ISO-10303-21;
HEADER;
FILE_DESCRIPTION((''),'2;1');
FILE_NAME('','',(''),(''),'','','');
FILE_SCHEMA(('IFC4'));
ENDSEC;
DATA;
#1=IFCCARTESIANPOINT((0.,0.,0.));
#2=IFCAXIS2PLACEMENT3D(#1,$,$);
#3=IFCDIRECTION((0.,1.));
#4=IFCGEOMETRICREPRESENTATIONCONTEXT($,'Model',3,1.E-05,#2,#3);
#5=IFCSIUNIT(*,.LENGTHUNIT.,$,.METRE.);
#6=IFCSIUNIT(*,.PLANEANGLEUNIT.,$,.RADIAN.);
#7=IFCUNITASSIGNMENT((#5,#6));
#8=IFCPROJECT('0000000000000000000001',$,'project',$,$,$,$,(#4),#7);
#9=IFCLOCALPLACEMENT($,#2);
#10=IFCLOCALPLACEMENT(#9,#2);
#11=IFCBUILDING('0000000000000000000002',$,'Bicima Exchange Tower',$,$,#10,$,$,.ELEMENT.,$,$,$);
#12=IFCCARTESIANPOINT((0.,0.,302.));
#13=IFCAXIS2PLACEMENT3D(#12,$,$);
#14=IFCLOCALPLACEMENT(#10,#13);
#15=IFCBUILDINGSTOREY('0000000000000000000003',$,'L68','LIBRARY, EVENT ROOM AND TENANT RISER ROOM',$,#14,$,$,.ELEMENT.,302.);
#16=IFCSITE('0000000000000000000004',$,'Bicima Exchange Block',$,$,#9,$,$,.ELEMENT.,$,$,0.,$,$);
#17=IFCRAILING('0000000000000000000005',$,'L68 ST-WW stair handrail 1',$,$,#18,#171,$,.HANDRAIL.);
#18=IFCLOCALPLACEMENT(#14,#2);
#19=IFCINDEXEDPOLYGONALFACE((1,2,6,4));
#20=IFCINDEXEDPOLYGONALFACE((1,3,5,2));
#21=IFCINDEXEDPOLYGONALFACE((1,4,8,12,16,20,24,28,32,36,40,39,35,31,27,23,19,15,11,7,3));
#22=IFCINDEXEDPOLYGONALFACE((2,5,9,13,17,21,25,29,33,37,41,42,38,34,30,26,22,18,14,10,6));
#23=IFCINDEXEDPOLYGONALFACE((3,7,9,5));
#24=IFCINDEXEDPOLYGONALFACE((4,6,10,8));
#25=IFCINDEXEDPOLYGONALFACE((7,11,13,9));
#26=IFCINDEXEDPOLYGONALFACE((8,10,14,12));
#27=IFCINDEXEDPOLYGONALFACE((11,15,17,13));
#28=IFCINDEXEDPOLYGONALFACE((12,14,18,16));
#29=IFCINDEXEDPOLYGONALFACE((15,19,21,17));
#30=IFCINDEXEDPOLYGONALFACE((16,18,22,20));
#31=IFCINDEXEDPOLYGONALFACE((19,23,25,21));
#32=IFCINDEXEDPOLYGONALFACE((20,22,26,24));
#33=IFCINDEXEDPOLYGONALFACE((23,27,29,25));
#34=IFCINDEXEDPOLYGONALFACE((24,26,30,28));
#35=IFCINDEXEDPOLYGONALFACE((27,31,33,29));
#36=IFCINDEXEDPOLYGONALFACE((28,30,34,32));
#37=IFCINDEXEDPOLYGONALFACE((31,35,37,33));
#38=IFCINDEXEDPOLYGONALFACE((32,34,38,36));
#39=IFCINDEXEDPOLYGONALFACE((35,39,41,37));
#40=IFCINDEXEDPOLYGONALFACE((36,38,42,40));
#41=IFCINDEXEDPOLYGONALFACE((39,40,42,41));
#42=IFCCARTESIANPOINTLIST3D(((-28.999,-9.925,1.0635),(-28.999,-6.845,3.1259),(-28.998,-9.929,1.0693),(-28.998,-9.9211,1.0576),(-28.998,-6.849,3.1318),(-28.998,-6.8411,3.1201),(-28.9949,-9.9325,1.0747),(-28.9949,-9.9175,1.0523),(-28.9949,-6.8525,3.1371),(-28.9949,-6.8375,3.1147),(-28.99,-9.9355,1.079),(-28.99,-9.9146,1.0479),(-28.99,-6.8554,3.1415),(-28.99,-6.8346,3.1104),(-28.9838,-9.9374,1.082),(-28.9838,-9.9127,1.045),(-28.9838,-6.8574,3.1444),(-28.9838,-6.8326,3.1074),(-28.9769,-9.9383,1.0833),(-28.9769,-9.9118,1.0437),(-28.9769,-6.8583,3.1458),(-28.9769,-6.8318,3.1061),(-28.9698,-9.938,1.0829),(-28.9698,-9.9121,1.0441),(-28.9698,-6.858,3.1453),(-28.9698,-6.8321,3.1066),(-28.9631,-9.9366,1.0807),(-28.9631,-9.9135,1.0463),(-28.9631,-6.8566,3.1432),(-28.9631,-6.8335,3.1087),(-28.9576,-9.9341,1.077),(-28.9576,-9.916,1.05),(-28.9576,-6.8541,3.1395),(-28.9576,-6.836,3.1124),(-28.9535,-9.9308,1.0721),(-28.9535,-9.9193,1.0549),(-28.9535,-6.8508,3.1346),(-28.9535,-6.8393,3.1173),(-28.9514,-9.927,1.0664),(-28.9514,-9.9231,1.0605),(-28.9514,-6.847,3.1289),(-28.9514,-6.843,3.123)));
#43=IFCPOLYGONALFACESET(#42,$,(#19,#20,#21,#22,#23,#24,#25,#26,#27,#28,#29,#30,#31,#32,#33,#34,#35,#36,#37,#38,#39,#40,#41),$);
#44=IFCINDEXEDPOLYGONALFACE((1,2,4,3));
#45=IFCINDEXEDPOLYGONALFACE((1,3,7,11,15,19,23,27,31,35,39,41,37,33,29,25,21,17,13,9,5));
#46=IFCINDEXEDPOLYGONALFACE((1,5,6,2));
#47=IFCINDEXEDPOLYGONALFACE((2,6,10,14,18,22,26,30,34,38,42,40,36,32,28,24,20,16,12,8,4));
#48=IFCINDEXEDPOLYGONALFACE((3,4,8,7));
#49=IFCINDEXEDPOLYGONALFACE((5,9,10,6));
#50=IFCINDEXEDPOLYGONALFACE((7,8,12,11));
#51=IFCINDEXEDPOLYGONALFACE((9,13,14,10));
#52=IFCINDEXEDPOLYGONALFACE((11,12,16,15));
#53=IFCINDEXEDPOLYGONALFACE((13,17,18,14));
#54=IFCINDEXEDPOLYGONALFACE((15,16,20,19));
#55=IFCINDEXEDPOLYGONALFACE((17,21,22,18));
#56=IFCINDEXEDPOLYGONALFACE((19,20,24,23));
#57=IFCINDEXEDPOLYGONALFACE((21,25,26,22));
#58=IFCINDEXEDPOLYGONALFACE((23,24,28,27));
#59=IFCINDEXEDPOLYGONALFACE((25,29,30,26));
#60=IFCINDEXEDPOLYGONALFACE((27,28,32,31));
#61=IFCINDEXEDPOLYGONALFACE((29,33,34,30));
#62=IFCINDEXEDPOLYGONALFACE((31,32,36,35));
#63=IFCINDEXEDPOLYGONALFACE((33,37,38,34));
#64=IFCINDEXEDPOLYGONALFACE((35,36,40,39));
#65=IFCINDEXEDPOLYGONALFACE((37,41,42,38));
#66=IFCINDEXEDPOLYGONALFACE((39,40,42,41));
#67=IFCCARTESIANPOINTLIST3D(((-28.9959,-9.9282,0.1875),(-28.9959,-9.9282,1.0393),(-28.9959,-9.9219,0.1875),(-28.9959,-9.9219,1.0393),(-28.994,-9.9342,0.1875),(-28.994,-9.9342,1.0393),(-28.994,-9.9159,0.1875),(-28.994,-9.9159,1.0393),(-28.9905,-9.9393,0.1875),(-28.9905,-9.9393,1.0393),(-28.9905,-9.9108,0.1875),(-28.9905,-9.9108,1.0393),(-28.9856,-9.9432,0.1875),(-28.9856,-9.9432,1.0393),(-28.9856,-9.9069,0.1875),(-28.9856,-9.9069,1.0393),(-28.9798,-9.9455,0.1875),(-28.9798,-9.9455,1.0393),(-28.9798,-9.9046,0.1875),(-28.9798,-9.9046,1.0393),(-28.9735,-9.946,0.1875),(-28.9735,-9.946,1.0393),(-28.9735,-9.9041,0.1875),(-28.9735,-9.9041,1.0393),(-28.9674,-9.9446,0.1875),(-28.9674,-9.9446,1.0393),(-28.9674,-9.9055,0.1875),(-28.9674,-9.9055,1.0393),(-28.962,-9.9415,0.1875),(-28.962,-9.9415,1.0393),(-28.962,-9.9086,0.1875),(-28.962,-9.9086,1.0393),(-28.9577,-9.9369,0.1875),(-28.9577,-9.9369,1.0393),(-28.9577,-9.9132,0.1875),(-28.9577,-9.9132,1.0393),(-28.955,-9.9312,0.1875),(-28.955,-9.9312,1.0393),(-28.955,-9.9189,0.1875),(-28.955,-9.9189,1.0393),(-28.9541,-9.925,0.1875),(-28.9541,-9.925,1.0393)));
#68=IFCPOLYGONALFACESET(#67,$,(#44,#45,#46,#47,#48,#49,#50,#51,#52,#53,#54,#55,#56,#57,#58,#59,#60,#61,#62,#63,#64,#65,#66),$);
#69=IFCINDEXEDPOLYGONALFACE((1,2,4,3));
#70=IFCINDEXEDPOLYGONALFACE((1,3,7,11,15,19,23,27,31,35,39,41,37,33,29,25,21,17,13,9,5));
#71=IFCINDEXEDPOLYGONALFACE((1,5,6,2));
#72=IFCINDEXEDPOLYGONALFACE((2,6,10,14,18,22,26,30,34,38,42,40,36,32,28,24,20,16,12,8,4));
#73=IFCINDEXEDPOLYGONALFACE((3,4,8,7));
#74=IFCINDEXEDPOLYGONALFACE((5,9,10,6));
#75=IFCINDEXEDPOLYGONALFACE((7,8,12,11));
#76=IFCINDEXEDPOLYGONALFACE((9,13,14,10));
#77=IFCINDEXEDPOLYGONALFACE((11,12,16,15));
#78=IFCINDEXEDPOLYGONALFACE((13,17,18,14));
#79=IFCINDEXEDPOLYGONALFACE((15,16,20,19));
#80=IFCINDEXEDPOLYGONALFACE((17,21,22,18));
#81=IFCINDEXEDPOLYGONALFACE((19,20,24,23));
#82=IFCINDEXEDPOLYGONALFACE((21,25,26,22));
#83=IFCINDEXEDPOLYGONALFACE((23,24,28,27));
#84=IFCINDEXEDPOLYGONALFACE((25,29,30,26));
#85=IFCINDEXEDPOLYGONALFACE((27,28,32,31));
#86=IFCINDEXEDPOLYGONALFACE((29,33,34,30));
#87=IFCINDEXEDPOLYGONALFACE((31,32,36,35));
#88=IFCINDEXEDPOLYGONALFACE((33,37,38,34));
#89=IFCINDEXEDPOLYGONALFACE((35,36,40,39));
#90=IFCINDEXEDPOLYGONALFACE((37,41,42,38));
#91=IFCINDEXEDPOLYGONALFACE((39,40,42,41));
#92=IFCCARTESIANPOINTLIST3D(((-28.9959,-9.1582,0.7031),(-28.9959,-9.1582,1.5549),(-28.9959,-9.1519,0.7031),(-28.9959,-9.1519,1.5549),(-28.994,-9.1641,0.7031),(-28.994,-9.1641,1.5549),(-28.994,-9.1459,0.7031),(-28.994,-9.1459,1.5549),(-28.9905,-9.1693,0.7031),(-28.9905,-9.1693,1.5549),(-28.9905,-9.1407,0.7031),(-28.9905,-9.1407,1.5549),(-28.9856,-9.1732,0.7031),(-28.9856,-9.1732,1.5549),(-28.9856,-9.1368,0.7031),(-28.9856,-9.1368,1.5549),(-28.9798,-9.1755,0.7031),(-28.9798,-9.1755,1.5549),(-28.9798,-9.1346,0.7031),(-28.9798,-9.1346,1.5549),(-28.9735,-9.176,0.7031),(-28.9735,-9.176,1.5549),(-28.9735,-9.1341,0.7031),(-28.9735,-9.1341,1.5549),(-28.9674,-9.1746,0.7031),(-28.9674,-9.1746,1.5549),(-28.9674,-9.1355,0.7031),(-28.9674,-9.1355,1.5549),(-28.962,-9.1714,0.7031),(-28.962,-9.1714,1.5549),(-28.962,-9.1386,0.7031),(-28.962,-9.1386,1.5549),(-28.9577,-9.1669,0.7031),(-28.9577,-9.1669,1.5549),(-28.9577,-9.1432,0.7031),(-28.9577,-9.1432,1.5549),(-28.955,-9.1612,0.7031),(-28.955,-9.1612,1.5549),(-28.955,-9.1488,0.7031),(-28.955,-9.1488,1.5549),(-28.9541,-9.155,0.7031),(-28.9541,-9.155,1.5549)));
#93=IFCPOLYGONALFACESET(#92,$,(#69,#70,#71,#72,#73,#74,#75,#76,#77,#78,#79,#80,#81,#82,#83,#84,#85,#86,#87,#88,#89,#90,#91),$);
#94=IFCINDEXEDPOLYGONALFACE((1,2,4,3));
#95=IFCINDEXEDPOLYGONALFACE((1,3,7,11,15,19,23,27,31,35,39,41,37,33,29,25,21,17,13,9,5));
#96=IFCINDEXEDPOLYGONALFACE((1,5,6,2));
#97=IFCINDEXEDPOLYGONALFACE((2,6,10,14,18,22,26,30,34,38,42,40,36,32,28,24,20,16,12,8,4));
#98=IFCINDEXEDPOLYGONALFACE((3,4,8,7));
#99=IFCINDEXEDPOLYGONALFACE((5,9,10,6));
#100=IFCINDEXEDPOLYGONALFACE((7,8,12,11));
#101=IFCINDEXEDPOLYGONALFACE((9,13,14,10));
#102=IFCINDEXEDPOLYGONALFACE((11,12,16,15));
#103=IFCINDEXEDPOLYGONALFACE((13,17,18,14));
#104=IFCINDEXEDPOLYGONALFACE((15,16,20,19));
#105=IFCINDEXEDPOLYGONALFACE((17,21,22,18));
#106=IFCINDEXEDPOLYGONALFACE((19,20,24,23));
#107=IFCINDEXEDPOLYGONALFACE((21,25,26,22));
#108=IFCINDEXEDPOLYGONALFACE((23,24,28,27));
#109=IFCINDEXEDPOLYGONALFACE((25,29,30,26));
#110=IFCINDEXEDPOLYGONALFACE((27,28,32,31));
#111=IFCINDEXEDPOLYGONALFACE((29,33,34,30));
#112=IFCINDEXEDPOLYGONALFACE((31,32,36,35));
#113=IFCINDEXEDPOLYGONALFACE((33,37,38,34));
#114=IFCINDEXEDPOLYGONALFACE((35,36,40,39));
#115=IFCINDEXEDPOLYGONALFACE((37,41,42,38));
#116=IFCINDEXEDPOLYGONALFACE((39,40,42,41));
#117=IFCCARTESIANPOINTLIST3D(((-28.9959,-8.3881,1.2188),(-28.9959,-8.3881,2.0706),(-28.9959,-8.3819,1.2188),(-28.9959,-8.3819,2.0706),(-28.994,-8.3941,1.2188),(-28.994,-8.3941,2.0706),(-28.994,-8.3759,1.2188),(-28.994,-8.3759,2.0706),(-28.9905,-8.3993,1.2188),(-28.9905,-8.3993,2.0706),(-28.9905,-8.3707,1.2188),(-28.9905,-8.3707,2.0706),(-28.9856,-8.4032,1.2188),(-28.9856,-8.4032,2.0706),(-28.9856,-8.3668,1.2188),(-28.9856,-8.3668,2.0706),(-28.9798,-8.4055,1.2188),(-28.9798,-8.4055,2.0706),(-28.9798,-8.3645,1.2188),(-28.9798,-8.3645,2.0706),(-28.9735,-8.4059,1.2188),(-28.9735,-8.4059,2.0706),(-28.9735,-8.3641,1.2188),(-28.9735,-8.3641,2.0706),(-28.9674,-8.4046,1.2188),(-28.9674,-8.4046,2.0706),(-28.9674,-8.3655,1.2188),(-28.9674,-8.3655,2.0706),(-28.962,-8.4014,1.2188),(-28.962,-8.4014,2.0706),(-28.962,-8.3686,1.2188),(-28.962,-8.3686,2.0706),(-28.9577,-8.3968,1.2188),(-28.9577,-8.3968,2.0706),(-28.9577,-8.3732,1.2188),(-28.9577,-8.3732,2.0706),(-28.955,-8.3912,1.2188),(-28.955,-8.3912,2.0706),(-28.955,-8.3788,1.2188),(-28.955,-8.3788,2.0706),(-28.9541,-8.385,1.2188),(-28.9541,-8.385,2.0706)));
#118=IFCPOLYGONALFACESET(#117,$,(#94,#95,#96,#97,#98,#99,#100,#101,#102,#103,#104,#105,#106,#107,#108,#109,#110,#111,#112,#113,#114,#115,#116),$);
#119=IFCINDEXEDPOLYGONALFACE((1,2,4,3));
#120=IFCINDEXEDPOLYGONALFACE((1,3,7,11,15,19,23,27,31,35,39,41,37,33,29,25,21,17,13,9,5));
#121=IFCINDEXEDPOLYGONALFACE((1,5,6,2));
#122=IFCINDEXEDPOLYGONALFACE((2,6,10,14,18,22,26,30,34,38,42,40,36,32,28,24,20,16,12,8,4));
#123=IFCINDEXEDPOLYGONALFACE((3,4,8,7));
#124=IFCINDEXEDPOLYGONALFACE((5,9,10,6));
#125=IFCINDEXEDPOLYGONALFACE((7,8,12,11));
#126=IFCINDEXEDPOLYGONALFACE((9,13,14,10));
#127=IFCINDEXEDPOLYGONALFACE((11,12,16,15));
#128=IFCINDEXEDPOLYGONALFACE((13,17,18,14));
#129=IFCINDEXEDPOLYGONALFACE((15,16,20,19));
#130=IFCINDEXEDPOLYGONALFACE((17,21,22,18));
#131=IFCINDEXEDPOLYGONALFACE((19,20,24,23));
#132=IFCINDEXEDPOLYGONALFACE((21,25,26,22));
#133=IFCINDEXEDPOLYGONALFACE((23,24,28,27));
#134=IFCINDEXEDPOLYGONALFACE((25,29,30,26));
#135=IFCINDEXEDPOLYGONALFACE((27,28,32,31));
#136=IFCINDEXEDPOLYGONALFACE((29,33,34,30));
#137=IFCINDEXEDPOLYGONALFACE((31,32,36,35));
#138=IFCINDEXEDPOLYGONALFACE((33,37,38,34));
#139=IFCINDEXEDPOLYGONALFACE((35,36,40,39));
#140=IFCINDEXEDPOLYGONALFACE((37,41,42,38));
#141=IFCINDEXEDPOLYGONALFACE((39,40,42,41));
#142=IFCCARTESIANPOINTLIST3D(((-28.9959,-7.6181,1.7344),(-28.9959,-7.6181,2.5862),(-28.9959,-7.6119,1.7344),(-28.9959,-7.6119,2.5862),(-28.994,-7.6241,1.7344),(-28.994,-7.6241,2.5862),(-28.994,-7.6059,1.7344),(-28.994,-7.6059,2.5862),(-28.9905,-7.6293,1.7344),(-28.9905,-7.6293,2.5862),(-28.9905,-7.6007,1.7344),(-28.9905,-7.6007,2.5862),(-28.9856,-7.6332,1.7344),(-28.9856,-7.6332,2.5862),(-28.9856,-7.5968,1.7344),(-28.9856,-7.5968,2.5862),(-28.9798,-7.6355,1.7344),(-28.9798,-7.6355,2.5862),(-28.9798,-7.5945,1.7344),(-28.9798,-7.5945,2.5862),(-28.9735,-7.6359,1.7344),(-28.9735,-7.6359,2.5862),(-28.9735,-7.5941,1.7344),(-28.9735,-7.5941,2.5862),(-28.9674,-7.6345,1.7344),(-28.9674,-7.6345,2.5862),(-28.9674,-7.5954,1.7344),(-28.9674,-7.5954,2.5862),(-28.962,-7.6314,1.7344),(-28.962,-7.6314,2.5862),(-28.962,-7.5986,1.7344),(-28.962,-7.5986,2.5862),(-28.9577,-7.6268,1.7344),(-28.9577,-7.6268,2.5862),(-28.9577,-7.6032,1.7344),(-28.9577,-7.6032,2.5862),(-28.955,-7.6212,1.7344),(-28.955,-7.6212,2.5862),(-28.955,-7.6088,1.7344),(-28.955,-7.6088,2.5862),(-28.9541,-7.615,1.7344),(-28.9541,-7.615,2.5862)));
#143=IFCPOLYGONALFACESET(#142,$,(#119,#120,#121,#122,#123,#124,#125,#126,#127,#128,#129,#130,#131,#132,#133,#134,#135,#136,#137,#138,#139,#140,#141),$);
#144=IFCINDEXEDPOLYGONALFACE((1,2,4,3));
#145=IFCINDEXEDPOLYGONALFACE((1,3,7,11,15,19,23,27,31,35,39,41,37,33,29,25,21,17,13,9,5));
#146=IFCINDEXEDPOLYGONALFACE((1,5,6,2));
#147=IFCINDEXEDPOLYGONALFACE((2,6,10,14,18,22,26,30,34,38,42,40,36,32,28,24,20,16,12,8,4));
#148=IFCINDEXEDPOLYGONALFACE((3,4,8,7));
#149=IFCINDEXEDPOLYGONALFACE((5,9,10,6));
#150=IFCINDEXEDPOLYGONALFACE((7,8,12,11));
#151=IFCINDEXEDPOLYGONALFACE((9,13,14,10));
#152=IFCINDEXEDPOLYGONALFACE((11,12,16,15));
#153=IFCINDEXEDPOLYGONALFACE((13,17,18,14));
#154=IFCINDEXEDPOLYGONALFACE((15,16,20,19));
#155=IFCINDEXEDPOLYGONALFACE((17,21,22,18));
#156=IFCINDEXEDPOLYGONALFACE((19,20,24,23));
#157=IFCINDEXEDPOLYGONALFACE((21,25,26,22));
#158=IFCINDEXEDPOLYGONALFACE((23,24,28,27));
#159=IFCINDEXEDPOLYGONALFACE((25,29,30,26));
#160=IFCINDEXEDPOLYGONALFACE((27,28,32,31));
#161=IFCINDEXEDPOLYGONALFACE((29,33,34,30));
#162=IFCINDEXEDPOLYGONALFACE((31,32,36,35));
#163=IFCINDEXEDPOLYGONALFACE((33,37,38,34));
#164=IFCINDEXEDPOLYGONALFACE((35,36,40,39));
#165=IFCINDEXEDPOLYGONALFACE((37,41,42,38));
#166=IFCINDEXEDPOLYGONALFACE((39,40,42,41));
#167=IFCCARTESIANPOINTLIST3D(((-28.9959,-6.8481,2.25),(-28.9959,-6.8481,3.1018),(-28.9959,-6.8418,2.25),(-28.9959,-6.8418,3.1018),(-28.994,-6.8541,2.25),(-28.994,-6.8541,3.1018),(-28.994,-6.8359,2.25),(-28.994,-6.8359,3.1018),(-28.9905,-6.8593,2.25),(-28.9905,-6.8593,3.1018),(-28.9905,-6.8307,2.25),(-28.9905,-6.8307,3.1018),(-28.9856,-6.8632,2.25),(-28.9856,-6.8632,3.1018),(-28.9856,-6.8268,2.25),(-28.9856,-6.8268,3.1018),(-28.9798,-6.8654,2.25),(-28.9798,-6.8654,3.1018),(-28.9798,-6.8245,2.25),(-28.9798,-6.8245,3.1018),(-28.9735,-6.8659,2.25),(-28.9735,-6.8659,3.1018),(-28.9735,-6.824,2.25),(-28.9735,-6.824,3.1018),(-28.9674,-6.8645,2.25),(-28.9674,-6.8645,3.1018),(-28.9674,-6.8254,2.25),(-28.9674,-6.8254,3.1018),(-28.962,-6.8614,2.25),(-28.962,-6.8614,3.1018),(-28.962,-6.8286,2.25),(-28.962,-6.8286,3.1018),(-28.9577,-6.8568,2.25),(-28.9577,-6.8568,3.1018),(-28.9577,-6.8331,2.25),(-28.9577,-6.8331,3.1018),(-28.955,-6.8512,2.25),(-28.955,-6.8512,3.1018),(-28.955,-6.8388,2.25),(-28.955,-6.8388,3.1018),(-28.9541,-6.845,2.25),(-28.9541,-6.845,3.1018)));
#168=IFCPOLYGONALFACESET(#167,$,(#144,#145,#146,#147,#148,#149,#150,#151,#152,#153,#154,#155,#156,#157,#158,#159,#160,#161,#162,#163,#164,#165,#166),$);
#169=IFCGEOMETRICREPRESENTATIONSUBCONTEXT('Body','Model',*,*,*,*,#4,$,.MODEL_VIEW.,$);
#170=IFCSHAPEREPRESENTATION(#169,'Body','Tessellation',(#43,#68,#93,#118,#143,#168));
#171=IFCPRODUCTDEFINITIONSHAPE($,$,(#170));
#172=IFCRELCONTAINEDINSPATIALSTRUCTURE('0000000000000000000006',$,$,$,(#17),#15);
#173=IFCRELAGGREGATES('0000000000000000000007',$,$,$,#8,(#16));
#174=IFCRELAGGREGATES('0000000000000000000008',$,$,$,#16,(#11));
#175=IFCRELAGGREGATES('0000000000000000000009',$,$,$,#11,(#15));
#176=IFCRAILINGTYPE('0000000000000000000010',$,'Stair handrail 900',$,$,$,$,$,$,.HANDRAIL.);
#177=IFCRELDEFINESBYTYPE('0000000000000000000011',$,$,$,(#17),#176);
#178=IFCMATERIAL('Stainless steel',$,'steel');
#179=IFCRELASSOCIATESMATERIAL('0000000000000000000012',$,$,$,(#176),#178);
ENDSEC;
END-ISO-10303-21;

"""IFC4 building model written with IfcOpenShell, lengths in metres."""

from ifc_helpers import new_model, si_unit, direction, frame, origin, origin_2d, place, context, subcontext, project, spatial, circle, extrude, material, type_object, element, save


model = new_model("IFC4")

# Units and contexts
model_context = context("Model", 3, precision=1e-05, world=origin(), true_north=direction((0.0, 1.0)))
body_context = subcontext(model_context, "Body", "Model", "MODEL_VIEW")
ifc_project = project(units=[si_unit("LENGTHUNIT", "METRE"), si_unit("PLANEANGLEUNIT", "RADIAN")], contexts=[model_context])

# Site, building, storey
site_placement = place(None, origin())
site = spatial("IfcSite", under=ifc_project, at=site_placement, Name="Bicima Exchange Block", CompositionType="ELEMENT", RefElevation=0.0)
building_placement = place(site_placement, origin())
building = spatial("IfcBuilding", under=site, at=building_placement, Name="Bicima Exchange Tower", CompositionType="ELEMENT")
storey_placement = place(building_placement, frame((0.0, 0.0, 302.0)))
storey = spatial("IfcBuildingStorey", under=building, at=storey_placement, Name="L68", Description="LIBRARY, EVENT ROOM AND TENANT RISER ROOM", CompositionType="ELEMENT", Elevation=302.0)

# Railing
ifc_material_1 = material(Name="Stainless steel", Category="steel")
railing_type_1 = type_object("IfcRailingType", Name="Stair handrail 900", PredefinedType="HANDRAIL", material=ifc_material_1)
railing_1_placement = place(storey_placement, frame((-28.9751, -9.925, 0.1875)))
element("IfcRailing", 1, at=railing_1_placement, inside=storey, type_object=railing_type_1, Name="L68 ST-WW stair handrail 1", PredefinedType="HANDRAIL", context=body_context, shape_type="SweptSolid", body=[
    extrude(circle(Radius=0.0239, at=origin_2d()), frame((0.0, 0.0, 0.876), z_axis=(0.0, 0.830914, 0.556401), x_axis=(-1.0, 0.0, 0.0)), (0.0, 0.0, 1.0), 3.7068),
    extrude(circle(Radius=0.021, at=origin_2d()), origin(), (0.0, 0.0, 1.0), 0.8518),
    extrude(circle(Radius=0.021, at=origin_2d()), frame((0.0, 0.77, 0.5156)), (0.0, 0.0, 1.0), 0.8518),
    extrude(circle(Radius=0.021, at=origin_2d()), frame((0.0, 1.54, 1.0312)), (0.0, 0.0, 1.0), 0.8518),
    extrude(circle(Radius=0.021, at=origin_2d()), frame((0.0, 2.3101, 1.5469)), (0.0, 0.0, 1.0), 0.8518),
    extrude(circle(Radius=0.021, at=origin_2d()), frame((0.0, 3.0801, 2.0625)), (0.0, 0.0, 1.0), 0.8518),
])

save(model, "model.ifc")
